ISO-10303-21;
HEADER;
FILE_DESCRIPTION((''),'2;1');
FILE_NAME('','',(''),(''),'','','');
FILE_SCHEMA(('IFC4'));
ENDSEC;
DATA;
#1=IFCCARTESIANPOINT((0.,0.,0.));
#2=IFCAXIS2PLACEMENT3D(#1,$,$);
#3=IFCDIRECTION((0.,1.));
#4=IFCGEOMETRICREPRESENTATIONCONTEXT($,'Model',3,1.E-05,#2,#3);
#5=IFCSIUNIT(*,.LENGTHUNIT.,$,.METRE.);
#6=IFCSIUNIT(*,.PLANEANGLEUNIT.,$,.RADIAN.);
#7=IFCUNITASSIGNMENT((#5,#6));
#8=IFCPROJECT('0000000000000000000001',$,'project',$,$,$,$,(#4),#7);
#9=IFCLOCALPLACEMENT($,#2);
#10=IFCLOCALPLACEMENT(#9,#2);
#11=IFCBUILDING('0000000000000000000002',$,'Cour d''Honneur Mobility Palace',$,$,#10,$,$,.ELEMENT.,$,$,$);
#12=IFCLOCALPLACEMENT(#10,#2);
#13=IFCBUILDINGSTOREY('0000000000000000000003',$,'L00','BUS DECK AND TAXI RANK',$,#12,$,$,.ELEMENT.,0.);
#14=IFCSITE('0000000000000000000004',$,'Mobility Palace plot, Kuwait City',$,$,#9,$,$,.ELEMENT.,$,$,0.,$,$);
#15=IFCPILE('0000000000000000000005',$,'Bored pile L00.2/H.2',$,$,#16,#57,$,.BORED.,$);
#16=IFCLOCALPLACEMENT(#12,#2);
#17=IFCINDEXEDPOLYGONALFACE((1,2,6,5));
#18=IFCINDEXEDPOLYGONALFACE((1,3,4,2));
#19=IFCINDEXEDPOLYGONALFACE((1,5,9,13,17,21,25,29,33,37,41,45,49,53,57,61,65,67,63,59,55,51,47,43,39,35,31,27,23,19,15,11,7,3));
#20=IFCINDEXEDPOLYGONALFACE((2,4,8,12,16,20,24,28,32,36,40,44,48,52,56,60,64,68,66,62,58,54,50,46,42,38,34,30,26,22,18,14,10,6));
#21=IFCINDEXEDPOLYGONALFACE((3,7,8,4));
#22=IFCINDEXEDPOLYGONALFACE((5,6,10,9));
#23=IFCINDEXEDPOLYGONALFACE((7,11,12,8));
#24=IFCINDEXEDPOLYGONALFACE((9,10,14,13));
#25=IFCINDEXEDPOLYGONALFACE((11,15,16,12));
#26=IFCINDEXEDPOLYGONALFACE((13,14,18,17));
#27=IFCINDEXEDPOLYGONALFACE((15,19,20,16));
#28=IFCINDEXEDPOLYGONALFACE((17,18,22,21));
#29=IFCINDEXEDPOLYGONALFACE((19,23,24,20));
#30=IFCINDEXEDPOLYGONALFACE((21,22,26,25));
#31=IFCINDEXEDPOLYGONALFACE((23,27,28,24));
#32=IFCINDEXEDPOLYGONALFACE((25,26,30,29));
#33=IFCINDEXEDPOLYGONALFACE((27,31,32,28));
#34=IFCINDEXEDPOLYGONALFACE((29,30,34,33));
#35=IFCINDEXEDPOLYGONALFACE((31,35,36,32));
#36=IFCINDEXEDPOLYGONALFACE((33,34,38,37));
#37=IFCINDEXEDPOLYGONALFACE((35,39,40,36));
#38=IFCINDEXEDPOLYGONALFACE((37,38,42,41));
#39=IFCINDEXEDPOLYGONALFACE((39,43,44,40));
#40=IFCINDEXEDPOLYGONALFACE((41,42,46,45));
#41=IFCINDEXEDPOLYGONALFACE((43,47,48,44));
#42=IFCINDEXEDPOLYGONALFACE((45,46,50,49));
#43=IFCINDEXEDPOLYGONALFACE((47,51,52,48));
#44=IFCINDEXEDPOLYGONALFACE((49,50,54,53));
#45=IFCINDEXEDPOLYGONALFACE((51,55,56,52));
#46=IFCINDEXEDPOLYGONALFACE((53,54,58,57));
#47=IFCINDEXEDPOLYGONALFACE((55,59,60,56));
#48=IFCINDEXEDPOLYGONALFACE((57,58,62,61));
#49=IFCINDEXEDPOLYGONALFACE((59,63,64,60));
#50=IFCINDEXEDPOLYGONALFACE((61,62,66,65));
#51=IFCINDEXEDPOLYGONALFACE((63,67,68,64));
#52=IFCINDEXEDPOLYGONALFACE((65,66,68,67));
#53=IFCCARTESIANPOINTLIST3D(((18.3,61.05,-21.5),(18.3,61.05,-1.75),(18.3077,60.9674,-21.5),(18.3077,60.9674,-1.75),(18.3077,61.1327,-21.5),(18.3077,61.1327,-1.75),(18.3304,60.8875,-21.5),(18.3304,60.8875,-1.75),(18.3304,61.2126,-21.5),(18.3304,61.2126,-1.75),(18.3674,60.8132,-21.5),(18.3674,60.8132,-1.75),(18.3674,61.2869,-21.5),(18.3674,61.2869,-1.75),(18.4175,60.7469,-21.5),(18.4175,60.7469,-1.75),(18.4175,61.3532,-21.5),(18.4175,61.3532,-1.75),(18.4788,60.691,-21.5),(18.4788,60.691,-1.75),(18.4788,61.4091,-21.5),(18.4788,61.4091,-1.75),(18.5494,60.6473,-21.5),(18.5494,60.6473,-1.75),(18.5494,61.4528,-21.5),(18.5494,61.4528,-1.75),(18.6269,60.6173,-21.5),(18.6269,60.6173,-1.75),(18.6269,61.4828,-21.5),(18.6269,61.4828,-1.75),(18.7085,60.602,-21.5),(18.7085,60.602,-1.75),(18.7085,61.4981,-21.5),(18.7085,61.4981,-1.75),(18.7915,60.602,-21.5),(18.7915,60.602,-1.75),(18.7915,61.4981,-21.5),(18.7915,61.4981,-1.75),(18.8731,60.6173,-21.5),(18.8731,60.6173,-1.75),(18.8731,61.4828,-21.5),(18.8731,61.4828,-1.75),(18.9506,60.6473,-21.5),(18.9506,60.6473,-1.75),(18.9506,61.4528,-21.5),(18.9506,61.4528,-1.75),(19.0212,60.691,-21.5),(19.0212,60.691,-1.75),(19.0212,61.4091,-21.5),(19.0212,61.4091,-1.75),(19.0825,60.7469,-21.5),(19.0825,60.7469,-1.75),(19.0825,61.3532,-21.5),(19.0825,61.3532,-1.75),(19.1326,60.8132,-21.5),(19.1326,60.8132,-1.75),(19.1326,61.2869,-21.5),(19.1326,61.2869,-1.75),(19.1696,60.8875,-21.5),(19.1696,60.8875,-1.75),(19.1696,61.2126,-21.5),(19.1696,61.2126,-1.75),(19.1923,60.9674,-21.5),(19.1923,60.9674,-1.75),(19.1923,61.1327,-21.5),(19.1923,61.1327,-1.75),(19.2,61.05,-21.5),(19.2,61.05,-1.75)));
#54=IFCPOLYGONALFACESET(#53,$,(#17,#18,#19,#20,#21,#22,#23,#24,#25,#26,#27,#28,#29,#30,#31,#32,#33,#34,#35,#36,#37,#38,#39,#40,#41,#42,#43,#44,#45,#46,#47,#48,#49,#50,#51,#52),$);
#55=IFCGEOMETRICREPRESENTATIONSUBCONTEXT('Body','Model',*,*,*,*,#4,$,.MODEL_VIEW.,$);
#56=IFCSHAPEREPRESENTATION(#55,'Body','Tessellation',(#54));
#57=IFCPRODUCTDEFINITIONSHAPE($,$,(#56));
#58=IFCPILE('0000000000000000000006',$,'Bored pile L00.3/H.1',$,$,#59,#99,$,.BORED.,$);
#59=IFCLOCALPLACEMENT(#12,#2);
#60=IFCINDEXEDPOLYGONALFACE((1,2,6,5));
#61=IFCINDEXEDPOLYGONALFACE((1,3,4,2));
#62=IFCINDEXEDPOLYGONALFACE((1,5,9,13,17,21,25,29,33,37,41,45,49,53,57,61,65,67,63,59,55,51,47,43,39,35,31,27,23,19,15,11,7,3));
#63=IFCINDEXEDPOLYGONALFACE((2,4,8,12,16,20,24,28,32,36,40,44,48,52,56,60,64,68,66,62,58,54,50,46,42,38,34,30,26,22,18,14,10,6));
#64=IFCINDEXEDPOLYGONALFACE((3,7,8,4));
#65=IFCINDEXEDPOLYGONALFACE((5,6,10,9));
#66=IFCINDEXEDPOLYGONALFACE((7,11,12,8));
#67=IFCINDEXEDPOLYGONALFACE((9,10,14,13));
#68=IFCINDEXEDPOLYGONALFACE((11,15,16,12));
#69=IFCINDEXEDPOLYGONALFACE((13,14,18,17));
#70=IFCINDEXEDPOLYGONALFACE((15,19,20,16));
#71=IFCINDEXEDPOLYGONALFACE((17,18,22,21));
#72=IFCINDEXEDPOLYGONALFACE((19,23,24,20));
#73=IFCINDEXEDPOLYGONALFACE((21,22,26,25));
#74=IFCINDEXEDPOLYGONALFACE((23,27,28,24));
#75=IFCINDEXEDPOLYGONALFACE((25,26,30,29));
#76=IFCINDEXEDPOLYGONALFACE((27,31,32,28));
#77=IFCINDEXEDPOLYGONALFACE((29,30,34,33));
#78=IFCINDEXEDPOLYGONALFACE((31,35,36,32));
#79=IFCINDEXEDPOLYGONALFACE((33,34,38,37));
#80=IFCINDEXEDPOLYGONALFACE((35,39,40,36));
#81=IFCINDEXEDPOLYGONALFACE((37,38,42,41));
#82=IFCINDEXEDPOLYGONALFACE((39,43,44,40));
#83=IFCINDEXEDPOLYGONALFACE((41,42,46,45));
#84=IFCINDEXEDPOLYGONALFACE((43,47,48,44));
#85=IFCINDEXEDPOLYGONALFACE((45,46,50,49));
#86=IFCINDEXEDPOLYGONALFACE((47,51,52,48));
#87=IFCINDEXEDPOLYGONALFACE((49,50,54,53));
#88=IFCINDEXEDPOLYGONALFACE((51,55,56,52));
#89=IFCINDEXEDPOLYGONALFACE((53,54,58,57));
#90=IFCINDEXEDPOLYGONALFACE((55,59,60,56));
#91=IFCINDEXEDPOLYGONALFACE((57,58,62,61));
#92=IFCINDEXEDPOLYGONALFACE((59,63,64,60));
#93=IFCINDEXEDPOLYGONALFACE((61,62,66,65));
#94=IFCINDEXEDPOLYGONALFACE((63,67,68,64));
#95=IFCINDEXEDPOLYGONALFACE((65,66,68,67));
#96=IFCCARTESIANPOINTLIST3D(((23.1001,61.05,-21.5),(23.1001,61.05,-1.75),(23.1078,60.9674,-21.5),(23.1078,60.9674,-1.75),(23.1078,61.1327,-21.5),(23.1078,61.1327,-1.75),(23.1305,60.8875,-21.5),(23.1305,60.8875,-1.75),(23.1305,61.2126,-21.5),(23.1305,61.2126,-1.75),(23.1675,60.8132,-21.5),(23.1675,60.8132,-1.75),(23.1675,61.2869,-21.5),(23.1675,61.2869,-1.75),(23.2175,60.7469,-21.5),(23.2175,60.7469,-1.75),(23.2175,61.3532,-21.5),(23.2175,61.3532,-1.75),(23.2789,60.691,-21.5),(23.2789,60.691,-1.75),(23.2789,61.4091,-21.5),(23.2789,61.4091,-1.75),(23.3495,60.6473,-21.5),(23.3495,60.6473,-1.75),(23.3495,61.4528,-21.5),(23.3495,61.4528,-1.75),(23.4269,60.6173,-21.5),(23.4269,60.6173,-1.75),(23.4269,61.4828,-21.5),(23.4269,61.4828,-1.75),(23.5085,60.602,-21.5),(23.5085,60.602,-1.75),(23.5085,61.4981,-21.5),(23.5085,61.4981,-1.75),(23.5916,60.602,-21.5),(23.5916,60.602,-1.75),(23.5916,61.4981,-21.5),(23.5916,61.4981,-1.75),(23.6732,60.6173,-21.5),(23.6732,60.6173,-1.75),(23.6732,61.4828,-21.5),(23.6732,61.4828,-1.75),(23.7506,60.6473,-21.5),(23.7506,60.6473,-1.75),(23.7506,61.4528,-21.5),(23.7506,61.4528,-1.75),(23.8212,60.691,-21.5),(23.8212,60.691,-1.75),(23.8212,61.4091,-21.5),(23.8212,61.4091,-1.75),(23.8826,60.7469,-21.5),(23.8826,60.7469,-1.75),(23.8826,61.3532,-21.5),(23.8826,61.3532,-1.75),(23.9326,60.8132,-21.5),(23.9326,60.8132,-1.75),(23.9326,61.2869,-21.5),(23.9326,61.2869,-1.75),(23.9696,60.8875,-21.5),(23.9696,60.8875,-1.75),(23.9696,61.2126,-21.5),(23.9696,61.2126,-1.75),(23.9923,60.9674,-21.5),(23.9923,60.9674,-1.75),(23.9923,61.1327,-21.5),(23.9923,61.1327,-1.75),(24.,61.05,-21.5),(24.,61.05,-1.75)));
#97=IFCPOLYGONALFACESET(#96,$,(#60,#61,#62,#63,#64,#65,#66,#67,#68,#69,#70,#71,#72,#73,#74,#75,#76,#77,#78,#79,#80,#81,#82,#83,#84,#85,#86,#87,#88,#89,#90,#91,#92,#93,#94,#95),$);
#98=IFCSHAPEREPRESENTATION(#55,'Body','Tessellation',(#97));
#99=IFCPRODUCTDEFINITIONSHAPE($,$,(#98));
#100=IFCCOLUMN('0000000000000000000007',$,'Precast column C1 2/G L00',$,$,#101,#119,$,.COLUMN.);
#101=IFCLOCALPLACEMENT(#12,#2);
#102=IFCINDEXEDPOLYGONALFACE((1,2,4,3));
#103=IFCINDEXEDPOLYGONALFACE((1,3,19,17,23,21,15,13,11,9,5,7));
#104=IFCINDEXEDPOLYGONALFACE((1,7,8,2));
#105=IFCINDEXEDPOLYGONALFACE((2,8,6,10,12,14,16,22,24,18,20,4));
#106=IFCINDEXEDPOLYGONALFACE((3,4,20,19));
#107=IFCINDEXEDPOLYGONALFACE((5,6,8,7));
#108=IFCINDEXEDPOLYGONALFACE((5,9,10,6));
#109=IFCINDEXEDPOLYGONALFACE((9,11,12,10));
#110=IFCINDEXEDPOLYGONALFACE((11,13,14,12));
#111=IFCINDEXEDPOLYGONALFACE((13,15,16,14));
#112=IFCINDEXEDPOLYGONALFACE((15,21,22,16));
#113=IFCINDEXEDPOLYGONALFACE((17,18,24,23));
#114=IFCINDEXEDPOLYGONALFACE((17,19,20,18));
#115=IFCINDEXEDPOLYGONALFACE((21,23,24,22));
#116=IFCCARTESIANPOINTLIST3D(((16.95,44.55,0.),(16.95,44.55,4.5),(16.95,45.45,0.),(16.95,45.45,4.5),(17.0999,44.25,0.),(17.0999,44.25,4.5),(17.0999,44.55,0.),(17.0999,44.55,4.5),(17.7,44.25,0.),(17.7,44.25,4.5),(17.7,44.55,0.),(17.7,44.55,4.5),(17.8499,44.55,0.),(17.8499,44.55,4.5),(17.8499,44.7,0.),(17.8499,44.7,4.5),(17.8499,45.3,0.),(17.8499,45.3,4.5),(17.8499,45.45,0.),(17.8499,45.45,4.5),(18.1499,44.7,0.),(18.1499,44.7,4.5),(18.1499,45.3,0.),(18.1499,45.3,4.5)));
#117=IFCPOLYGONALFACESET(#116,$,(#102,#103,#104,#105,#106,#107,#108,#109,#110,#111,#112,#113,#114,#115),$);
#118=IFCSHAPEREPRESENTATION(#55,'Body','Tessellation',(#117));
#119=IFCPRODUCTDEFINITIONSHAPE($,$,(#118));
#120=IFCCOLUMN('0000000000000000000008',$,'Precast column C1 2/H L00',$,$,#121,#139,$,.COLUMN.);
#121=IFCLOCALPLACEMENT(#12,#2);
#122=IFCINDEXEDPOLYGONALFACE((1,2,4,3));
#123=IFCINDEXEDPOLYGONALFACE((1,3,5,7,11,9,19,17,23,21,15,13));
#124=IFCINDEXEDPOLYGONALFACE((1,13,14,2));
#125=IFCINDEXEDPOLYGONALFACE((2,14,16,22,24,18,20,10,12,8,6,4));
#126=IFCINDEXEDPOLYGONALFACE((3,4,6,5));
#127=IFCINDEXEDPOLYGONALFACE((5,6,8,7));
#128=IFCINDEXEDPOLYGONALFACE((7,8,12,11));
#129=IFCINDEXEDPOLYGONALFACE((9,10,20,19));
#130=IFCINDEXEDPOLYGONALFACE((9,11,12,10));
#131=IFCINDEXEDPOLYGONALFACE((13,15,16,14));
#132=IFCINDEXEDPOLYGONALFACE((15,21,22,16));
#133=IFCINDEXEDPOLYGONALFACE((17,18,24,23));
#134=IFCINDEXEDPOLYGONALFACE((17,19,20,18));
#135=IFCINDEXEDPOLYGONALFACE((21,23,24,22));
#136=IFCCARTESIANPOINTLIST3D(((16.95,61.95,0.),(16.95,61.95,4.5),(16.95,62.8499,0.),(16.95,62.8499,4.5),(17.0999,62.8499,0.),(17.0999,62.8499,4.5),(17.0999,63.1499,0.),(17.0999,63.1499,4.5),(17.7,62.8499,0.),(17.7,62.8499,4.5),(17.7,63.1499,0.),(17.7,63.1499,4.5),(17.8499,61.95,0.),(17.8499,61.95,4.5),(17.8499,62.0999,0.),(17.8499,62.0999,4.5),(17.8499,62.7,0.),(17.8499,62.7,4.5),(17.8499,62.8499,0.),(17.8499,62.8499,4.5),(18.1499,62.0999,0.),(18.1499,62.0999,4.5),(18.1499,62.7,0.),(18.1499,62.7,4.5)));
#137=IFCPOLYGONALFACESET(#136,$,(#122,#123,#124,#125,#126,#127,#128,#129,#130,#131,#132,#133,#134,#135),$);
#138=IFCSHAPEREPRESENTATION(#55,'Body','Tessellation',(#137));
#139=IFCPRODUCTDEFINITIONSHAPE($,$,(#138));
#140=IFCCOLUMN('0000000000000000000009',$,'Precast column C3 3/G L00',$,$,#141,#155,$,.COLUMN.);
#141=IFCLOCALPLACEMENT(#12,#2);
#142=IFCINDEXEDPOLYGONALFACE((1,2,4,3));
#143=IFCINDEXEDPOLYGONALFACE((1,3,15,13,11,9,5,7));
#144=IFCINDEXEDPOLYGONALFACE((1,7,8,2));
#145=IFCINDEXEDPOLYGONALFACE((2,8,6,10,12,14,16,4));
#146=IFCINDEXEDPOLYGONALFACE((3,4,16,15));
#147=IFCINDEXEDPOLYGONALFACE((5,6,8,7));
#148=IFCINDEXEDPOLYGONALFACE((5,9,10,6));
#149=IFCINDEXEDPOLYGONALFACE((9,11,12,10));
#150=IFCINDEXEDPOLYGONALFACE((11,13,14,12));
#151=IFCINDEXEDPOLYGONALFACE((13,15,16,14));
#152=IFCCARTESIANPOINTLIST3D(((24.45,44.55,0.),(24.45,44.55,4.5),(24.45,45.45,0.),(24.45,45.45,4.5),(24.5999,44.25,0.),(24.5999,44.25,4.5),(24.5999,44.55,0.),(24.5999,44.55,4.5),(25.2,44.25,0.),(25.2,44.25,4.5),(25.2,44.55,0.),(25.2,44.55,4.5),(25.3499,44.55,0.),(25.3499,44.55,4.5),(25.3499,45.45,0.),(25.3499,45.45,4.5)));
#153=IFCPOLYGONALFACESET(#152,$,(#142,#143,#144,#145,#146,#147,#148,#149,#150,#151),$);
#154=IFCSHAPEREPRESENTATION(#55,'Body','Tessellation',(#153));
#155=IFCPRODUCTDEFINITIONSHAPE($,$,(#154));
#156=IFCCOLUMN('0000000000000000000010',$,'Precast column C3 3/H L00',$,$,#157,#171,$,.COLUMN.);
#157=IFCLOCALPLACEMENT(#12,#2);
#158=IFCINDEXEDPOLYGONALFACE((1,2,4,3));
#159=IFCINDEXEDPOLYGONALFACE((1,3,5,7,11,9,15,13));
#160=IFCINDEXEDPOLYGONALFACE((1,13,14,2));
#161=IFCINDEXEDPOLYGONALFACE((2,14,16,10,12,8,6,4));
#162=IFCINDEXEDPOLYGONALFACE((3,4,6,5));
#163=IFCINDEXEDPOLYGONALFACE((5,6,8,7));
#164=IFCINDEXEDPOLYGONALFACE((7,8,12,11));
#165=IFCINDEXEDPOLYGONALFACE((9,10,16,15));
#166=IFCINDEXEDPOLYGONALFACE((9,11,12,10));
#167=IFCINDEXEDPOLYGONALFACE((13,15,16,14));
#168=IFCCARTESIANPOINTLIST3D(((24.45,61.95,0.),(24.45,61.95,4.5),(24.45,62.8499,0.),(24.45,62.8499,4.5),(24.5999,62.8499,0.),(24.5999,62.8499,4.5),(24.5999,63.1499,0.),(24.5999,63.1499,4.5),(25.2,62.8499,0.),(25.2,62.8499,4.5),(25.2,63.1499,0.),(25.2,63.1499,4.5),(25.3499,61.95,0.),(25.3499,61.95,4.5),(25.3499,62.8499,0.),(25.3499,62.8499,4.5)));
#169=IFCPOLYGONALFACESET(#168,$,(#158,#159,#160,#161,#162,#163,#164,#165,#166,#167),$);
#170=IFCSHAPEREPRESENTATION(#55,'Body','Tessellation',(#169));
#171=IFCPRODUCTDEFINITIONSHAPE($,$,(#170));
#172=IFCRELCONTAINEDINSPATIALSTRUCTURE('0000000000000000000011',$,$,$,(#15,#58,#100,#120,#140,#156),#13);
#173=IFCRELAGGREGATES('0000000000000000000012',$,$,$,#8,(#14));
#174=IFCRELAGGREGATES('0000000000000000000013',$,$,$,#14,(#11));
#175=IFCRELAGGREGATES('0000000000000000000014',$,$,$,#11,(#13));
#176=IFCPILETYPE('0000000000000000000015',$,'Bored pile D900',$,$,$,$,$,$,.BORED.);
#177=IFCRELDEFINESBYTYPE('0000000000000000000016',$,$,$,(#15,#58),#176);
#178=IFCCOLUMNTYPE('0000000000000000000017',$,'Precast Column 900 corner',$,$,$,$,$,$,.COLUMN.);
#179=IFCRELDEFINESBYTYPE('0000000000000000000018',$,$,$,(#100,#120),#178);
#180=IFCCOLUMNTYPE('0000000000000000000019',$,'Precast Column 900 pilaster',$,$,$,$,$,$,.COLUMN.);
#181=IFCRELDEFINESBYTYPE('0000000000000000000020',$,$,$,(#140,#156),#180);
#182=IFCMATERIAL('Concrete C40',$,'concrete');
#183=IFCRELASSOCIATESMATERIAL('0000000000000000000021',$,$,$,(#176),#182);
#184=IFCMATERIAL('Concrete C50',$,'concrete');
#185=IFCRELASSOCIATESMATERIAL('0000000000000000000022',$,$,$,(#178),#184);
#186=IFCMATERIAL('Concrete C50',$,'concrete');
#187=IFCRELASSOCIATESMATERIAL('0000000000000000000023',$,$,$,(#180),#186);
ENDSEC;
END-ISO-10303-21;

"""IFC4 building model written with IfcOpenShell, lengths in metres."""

from ifc_helpers import new_model, si_unit, direction, frame, origin, origin_2d, place, context, subcontext, project, spatial, polyline, circle, outline, extrude, material, material_profile, profile_set, type_object, element, save


model = new_model("IFC4")

# Units and contexts
model_context = context("Model", 3, precision=1e-05, world=origin(), true_north=direction((0.0, 1.0)))
body_context = subcontext(model_context, "Body", "Model", "MODEL_VIEW")
ifc_project = project(units=[si_unit("LENGTHUNIT", "METRE"), si_unit("PLANEANGLEUNIT", "RADIAN")], contexts=[model_context])

# Site, building, storey
site_placement = place(None, origin())
site = spatial("IfcSite", under=ifc_project, at=site_placement, Name="Mobility Palace plot, Kuwait City", CompositionType="ELEMENT", RefElevation=0.0)
building_placement = place(site_placement, origin())
building = spatial("IfcBuilding", under=site, at=building_placement, Name="Cour d'Honneur Mobility Palace", CompositionType="ELEMENT")
storey_placement = place(building_placement, origin())
storey = spatial("IfcBuildingStorey", under=building, at=storey_placement, Name="L00", Description="BUS DECK AND TAXI RANK", CompositionType="ELEMENT", Elevation=0.0)

# Piles
ifc_material_1 = material(Name="Concrete C40", Category="concrete")
ifc_material_profile_1 = material_profile(ifc_material_1, circle(Radius=0.45, at=origin_2d()), Name="Bored pile D900")
ifc_profile_set_1 = profile_set([ifc_material_profile_1], Name="Concrete C40")
pile_type = type_object("IfcPileType", Name="Bored pile D900", PredefinedType="BORED", material=ifc_profile_set_1)
for number, where, z_axis, x_axis, name in (
    (1, (18.75, 61.05, -1.75), (0.0, 0.0, -1.0), (1.0, 0.0, 0.0), "Bored pile L00.2/H.2"),
    (2, (23.55, 61.05, -1.75), (0.0, 0.0, -1.0), (1.0, 0.0, 0.0), "Bored pile L00.3/H.1"),
):
    element("IfcPile", number, at=place(storey_placement, frame(where, z_axis=z_axis, x_axis=x_axis)), inside=storey, type_object=pile_type, Name=name, PredefinedType="BORED", context=body_context, shape_type="SweptSolid", body=[
        extrude(circle(Radius=0.45, at=origin_2d()), origin(), (0.0, 0.0, 1.0), 19.75),
    ])

# Columns
ifc_material_2 = material(Name="Concrete C50", Category="concrete")
ifc_material_profile_2 = material_profile(ifc_material_2, outline(polyline([(-0.45, -0.45), (0.45, -0.45), (0.45, -0.3), (0.75, -0.3), (0.75, 0.3), (0.45, 0.3), (0.45, 0.45), (0.3, 0.45), (0.3, 0.75), (-0.3, 0.75), (-0.3, 0.45), (-0.45, 0.45), (-0.45, -0.45)])), Name="PC C900 corner")
ifc_profile_set_2 = profile_set([ifc_material_profile_2], Name="Concrete C50")
column_type_1 = type_object("IfcColumnType", Name="Precast Column 900 corner", PredefinedType="COLUMN", material=ifc_profile_set_2)
for number, where, z_axis, x_axis, name in (
    (3, (17.3999, 45.0, 0.0), (0.0, 0.0, 1.0), (0.0, -1.0, 0.0), "Precast column C1 2/G L00"),
    (4, (17.3999, 62.3999, 0.0), (0.0, 0.0, 1.0), (1.0, 0.0, 0.0), "Precast column C1 2/H L00"),
):
    element("IfcColumn", number, at=place(storey_placement, frame(where, z_axis=z_axis, x_axis=x_axis)), inside=storey, type_object=column_type_1, Name=name, PredefinedType="COLUMN", context=body_context, shape_type="SweptSolid", body=[
        extrude(outline(polyline([(-0.45, -0.45), (0.45, -0.45), (0.45, -0.3), (0.75, -0.3), (0.75, 0.3), (0.45, 0.3), (0.45, 0.45), (0.3, 0.45), (0.3, 0.75), (-0.3, 0.75), (-0.3, 0.45), (-0.45, 0.45), (-0.45, -0.45)])), origin(), (0.0, 0.0, 1.0), 4.5),
    ])
ifc_material_3 = material(Name="Concrete C50", Category="concrete")
ifc_material_profile_3 = material_profile(ifc_material_3, outline(polyline([(-0.45, -0.45), (0.45, -0.45), (0.45, -0.3), (0.75, -0.3), (0.75, 0.3), (0.45, 0.3), (0.45, 0.45), (-0.45, 0.45), (-0.45, -0.45)])), Name="PC C900 pilaster")
ifc_profile_set_3 = profile_set([ifc_material_profile_3], Name="Concrete C50")
column_type_2 = type_object("IfcColumnType", Name="Precast Column 900 pilaster", PredefinedType="COLUMN", material=ifc_profile_set_3)
for number, where, z_axis, x_axis, name in (
    (5, (24.8999, 45.0, 0.0), (0.0, 0.0, 1.0), (0.0, -1.0, 0.0), "Precast column C3 3/G L00"),
    (6, (24.8999, 62.3999, 0.0), (0.0, 0.0, 1.0), (0.0, 1.0, 0.0), "Precast column C3 3/H L00"),
):
    element("IfcColumn", number, at=place(storey_placement, frame(where, z_axis=z_axis, x_axis=x_axis)), inside=storey, type_object=column_type_2, Name=name, PredefinedType="COLUMN", context=body_context, shape_type="SweptSolid", body=[
        extrude(outline(polyline([(-0.45, -0.45), (0.45, -0.45), (0.45, -0.3), (0.75, -0.3), (0.75, 0.3), (0.45, 0.3), (0.45, 0.45), (-0.45, 0.45), (-0.45, -0.45)])), origin(), (0.0, 0.0, 1.0), 4.5),
    ])

save(model, "model.ifc")
